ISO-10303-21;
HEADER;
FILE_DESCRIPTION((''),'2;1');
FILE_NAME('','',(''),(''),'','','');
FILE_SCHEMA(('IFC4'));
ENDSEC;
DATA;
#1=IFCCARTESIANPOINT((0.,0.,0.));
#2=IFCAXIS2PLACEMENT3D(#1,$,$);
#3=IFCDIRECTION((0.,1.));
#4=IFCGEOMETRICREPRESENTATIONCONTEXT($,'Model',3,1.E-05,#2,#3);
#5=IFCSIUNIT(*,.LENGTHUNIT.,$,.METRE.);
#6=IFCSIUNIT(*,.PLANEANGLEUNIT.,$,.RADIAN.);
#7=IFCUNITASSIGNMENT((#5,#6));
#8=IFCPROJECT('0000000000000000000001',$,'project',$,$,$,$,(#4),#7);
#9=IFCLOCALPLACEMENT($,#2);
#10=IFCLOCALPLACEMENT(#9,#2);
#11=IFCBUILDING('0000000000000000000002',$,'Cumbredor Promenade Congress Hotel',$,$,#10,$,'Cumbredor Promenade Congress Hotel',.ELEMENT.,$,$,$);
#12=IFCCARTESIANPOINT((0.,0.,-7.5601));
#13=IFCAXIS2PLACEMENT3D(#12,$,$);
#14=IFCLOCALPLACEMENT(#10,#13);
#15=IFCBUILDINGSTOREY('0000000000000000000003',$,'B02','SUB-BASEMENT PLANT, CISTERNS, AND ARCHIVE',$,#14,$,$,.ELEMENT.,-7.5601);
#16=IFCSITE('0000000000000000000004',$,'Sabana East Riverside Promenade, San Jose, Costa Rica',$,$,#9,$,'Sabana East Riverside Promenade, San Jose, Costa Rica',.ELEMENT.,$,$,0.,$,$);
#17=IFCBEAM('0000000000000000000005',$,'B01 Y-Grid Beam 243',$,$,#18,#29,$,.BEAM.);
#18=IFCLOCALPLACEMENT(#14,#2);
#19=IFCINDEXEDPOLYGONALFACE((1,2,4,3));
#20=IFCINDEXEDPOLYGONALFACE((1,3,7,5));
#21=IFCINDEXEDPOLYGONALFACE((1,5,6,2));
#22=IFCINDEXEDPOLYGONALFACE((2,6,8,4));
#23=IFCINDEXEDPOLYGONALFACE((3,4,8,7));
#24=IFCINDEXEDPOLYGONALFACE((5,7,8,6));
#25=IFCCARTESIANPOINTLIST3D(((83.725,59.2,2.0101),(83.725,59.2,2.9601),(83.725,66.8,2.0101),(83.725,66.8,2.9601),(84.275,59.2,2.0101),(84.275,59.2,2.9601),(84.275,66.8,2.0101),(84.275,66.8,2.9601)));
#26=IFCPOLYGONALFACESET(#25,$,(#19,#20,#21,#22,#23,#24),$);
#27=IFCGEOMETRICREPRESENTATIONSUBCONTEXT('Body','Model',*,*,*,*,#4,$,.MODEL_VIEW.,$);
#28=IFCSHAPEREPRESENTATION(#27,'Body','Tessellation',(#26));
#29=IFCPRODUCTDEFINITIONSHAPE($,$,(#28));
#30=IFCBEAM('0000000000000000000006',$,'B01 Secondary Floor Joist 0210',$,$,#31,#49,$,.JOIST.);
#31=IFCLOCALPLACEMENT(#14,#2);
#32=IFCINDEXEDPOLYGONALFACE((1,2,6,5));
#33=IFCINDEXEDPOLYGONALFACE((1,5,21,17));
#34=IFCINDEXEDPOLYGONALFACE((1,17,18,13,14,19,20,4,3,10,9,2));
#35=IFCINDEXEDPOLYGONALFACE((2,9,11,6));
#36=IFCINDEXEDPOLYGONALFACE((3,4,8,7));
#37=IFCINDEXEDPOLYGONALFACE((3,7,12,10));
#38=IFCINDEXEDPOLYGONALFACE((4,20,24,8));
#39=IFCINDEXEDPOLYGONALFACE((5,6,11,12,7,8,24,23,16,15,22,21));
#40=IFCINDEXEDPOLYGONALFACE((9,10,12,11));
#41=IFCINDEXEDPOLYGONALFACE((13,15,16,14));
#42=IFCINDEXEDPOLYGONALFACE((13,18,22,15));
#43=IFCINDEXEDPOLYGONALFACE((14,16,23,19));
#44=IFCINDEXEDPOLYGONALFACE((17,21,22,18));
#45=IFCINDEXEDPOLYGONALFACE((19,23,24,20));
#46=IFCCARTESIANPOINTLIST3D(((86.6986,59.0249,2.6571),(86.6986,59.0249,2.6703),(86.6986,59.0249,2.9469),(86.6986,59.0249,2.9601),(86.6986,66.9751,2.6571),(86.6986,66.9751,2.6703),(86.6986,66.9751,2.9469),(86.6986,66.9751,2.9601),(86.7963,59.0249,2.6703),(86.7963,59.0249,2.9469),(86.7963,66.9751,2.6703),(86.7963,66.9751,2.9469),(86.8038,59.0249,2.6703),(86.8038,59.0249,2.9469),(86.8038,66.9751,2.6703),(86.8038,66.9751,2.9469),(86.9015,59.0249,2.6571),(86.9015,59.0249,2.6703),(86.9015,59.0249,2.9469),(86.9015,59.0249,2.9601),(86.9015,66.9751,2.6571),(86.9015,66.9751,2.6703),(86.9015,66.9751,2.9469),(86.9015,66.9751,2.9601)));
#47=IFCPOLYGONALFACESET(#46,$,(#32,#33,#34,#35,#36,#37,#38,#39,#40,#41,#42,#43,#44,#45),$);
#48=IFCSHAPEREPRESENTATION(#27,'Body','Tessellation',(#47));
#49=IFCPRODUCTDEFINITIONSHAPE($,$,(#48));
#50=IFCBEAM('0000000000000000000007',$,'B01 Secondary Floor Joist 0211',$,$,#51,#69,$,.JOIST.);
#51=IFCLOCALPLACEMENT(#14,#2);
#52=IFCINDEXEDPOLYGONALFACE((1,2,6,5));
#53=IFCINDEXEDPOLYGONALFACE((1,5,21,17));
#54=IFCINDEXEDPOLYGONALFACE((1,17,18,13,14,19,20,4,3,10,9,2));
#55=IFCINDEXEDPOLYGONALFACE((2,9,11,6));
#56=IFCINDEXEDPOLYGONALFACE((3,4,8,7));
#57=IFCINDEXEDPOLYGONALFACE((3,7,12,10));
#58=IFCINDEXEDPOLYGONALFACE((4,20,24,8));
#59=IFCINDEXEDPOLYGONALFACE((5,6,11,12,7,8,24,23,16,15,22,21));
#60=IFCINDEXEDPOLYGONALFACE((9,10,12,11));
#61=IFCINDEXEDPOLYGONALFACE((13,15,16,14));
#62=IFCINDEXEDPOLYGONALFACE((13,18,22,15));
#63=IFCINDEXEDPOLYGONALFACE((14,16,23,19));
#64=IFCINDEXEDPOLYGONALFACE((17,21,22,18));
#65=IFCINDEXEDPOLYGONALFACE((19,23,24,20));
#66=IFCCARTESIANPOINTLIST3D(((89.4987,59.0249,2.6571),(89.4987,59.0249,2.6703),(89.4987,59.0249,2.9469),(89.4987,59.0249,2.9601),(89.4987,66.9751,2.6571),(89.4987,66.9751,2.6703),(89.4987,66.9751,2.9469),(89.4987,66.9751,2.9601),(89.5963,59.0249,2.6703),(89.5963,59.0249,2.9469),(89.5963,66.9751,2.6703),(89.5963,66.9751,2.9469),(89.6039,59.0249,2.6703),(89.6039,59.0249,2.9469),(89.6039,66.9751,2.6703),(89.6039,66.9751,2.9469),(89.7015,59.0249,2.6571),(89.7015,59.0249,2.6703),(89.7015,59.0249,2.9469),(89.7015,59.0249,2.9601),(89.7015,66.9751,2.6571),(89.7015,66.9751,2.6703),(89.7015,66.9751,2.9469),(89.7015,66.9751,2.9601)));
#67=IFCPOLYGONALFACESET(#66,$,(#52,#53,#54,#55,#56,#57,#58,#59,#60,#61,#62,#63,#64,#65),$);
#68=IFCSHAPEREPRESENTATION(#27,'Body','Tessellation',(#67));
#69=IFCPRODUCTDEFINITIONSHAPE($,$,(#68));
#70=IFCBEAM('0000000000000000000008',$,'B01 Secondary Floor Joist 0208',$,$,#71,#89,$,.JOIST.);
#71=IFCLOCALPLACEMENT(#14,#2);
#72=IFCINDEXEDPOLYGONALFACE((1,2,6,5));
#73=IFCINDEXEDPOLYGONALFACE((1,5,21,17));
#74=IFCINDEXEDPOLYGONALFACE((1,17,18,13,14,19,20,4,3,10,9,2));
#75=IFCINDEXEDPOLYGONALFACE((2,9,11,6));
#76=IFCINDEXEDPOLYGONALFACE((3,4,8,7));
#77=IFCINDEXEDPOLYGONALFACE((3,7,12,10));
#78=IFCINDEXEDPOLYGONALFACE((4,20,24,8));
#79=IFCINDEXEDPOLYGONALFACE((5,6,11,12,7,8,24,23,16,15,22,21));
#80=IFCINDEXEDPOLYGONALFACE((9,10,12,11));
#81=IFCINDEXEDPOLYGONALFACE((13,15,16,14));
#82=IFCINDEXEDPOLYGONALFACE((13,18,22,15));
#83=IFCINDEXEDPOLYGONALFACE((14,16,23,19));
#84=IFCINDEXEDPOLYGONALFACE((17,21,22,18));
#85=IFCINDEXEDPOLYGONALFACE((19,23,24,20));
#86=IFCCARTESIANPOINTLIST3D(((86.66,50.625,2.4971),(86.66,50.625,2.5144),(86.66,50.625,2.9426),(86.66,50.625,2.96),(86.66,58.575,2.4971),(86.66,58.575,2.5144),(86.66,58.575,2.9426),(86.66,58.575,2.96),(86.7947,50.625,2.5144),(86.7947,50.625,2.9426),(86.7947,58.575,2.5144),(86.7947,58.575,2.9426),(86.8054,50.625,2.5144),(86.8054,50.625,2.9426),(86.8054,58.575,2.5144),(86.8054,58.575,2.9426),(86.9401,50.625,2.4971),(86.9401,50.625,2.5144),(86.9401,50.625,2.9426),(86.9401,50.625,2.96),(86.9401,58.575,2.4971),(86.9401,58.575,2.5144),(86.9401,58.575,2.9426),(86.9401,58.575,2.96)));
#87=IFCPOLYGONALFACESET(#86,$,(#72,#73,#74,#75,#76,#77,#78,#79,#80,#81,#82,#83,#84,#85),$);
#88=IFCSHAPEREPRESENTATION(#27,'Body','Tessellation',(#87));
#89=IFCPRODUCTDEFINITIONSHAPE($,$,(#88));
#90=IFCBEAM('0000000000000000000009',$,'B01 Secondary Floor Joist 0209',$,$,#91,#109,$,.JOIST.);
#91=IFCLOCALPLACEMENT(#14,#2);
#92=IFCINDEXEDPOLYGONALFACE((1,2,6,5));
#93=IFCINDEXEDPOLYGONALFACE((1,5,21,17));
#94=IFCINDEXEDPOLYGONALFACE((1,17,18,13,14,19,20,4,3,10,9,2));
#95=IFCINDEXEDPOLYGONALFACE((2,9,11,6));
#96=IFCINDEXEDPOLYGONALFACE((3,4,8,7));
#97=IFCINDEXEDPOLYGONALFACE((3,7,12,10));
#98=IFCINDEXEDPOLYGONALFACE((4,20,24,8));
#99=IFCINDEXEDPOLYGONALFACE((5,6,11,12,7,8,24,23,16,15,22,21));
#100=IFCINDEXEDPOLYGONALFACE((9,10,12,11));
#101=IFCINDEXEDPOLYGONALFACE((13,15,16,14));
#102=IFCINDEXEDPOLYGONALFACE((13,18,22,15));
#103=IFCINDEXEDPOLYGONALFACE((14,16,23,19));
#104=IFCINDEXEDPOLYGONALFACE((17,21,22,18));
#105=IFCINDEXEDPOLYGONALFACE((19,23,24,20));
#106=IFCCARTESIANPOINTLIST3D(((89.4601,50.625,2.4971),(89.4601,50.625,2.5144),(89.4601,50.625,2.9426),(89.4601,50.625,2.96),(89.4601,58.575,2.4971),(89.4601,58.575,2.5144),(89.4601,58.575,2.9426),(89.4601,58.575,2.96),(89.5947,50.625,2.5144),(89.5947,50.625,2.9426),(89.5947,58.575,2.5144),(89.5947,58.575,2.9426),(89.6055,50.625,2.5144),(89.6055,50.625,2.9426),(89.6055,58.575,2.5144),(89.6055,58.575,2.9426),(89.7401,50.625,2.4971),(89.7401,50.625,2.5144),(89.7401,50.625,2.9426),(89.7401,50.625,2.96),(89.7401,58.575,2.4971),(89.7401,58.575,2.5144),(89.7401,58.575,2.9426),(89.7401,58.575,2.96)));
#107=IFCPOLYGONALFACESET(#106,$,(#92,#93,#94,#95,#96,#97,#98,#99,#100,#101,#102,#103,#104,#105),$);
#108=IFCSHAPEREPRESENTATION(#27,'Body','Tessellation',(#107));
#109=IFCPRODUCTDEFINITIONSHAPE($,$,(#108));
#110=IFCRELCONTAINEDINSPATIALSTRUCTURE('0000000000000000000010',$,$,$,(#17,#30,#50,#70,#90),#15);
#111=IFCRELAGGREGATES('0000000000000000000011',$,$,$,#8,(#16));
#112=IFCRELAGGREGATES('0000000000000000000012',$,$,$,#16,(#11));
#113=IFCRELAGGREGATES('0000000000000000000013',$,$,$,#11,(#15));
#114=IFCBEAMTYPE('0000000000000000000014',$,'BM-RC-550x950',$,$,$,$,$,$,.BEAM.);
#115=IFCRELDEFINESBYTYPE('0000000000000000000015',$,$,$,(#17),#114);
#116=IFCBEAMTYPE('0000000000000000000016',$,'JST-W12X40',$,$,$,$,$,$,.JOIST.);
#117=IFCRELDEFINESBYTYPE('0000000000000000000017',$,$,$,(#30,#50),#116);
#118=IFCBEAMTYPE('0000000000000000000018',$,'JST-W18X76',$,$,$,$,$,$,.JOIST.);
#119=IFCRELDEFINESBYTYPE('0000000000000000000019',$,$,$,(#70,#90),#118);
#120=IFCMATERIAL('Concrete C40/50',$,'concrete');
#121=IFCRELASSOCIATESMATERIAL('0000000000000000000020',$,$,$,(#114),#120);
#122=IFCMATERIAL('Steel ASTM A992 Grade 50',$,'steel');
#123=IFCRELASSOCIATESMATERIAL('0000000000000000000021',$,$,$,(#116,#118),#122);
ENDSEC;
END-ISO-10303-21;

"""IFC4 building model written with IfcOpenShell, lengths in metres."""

from ifc_helpers import new_model, si_unit, direction, frame, origin, origin_2d, place, context, subcontext, project, spatial, rectangle, i_section, extrude, material, material_profile, profile_set, type_object, element, save


model = new_model("IFC4")

# Units and contexts
model_context = context("Model", 3, precision=1e-05, world=origin(), true_north=direction((0.0, 1.0)))
body_context = subcontext(model_context, "Body", "Model", "MODEL_VIEW")
ifc_project = project(units=[si_unit("LENGTHUNIT", "METRE"), si_unit("PLANEANGLEUNIT", "RADIAN")], contexts=[model_context])

# Site, building, storey
site_placement = place(None, origin())
site = spatial("IfcSite", under=ifc_project, at=site_placement, Name="Sabana East Riverside Promenade, San Jose, Costa Rica", LongName="Sabana East Riverside Promenade, San Jose, Costa Rica", CompositionType="ELEMENT", RefElevation=0.0)
building_placement = place(site_placement, origin())
building = spatial("IfcBuilding", under=site, at=building_placement, Name="Cumbredor Promenade Congress Hotel", LongName="Cumbredor Promenade Congress Hotel", CompositionType="ELEMENT")
storey_placement = place(building_placement, frame((0.0, 0.0, -7.5601)))
storey = spatial("IfcBuildingStorey", under=building, at=storey_placement, Name="B02", Description="SUB-BASEMENT PLANT, CISTERNS, AND ARCHIVE", CompositionType="ELEMENT", Elevation=-7.5601)

# Shared definitions
ifc_material_1 = material(Name="Concrete C40/50", Category="concrete")

# Beams
ifc_material_profile_1 = material_profile(ifc_material_1, rectangle(XDim=0.55, YDim=0.95, at=origin_2d()), Name="RC BEAM 550x950")
ifc_profile_set_1 = profile_set([ifc_material_profile_1], Name="Concrete C40/50")
beam_type_1 = type_object("IfcBeamType", Name="BM-RC-550x950", PredefinedType="BEAM", material=ifc_profile_set_1)
beam_1_placement = place(storey_placement, frame((84.0, 59.2, 2.4851), z_axis=(0.0, 1.0, 0.0), x_axis=(-1.0, 0.0, 0.0)))
element("IfcBeam", 1, at=beam_1_placement, inside=storey, type_object=beam_type_1, Name="B01 Y-Grid Beam 243", PredefinedType="BEAM", context=body_context, shape_type="SweptSolid", body=[
    extrude(rectangle(XDim=0.55, YDim=0.95, at=origin_2d()), origin(), (0.0, 0.0, 1.0), 7.6001),
])
ifc_material_2 = material(Name="Steel ASTM A992 Grade 50", Category="steel")
ifc_material_profile_2 = material_profile(ifc_material_2, i_section(OverallWidth=0.2029, OverallDepth=0.303, WebThickness=0.0076, FlangeThickness=0.0132, at=origin_2d()), Name="W12X40")
ifc_profile_set_2 = profile_set([ifc_material_profile_2], Name="Steel ASTM A992 Grade 50")
beam_type_2 = type_object("IfcBeamType", Name="JST-W12X40", PredefinedType="JOIST", material=ifc_profile_set_2)
for number, where, z_axis, x_axis, name in (
    (2, (86.8, 59.0249, 2.8086), (0.0, 1.0, 0.0), (-1.0, 0.0, 0.0), "B01 Secondary Floor Joist 0210"),
    (3, (89.6001, 59.0249, 2.8086), (0.0, 1.0, 0.0), (-1.0, 0.0, 0.0), "B01 Secondary Floor Joist 0211"),
):
    element("IfcBeam", number, at=place(storey_placement, frame(where, z_axis=z_axis, x_axis=x_axis)), inside=storey, type_object=beam_type_2, Name=name, PredefinedType="JOIST", context=body_context, shape_type="SweptSolid", body=[
        extrude(i_section(OverallWidth=0.2029, OverallDepth=0.303, WebThickness=0.0076, FlangeThickness=0.0132, at=origin_2d()), origin(), (0.0, 0.0, 1.0), 7.9502),
    ])
ifc_material_profile_3 = material_profile(ifc_material_2, i_section(OverallWidth=0.28, OverallDepth=0.4629, WebThickness=0.0107, FlangeThickness=0.0173, at=origin_2d()), Name="W18X76")
ifc_profile_set_3 = profile_set([ifc_material_profile_3], Name="Steel ASTM A992 Grade 50")
beam_type_3 = type_object("IfcBeamType", Name="JST-W18X76", PredefinedType="JOIST", material=ifc_profile_set_3)
for number, where, z_axis, x_axis, name in (
    (4, (86.8, 50.625, 2.7285), (0.0, 1.0, 0.0), (-1.0, 0.0, 0.0), "B01 Secondary Floor Joist 0208"),
    (5, (89.6001, 50.625, 2.7285), (0.0, 1.0, 0.0), (-1.0, 0.0, 0.0), "B01 Secondary Floor Joist 0209"),
):
    element("IfcBeam", number, at=place(storey_placement, frame(where, z_axis=z_axis, x_axis=x_axis)), inside=storey, type_object=beam_type_3, Name=name, PredefinedType="JOIST", context=body_context, shape_type="SweptSolid", body=[
        extrude(i_section(OverallWidth=0.28, OverallDepth=0.4629, WebThickness=0.0107, FlangeThickness=0.0173, at=origin_2d()), origin(), (0.0, 0.0, 1.0), 7.95),
    ])

save(model, "model.ifc")
